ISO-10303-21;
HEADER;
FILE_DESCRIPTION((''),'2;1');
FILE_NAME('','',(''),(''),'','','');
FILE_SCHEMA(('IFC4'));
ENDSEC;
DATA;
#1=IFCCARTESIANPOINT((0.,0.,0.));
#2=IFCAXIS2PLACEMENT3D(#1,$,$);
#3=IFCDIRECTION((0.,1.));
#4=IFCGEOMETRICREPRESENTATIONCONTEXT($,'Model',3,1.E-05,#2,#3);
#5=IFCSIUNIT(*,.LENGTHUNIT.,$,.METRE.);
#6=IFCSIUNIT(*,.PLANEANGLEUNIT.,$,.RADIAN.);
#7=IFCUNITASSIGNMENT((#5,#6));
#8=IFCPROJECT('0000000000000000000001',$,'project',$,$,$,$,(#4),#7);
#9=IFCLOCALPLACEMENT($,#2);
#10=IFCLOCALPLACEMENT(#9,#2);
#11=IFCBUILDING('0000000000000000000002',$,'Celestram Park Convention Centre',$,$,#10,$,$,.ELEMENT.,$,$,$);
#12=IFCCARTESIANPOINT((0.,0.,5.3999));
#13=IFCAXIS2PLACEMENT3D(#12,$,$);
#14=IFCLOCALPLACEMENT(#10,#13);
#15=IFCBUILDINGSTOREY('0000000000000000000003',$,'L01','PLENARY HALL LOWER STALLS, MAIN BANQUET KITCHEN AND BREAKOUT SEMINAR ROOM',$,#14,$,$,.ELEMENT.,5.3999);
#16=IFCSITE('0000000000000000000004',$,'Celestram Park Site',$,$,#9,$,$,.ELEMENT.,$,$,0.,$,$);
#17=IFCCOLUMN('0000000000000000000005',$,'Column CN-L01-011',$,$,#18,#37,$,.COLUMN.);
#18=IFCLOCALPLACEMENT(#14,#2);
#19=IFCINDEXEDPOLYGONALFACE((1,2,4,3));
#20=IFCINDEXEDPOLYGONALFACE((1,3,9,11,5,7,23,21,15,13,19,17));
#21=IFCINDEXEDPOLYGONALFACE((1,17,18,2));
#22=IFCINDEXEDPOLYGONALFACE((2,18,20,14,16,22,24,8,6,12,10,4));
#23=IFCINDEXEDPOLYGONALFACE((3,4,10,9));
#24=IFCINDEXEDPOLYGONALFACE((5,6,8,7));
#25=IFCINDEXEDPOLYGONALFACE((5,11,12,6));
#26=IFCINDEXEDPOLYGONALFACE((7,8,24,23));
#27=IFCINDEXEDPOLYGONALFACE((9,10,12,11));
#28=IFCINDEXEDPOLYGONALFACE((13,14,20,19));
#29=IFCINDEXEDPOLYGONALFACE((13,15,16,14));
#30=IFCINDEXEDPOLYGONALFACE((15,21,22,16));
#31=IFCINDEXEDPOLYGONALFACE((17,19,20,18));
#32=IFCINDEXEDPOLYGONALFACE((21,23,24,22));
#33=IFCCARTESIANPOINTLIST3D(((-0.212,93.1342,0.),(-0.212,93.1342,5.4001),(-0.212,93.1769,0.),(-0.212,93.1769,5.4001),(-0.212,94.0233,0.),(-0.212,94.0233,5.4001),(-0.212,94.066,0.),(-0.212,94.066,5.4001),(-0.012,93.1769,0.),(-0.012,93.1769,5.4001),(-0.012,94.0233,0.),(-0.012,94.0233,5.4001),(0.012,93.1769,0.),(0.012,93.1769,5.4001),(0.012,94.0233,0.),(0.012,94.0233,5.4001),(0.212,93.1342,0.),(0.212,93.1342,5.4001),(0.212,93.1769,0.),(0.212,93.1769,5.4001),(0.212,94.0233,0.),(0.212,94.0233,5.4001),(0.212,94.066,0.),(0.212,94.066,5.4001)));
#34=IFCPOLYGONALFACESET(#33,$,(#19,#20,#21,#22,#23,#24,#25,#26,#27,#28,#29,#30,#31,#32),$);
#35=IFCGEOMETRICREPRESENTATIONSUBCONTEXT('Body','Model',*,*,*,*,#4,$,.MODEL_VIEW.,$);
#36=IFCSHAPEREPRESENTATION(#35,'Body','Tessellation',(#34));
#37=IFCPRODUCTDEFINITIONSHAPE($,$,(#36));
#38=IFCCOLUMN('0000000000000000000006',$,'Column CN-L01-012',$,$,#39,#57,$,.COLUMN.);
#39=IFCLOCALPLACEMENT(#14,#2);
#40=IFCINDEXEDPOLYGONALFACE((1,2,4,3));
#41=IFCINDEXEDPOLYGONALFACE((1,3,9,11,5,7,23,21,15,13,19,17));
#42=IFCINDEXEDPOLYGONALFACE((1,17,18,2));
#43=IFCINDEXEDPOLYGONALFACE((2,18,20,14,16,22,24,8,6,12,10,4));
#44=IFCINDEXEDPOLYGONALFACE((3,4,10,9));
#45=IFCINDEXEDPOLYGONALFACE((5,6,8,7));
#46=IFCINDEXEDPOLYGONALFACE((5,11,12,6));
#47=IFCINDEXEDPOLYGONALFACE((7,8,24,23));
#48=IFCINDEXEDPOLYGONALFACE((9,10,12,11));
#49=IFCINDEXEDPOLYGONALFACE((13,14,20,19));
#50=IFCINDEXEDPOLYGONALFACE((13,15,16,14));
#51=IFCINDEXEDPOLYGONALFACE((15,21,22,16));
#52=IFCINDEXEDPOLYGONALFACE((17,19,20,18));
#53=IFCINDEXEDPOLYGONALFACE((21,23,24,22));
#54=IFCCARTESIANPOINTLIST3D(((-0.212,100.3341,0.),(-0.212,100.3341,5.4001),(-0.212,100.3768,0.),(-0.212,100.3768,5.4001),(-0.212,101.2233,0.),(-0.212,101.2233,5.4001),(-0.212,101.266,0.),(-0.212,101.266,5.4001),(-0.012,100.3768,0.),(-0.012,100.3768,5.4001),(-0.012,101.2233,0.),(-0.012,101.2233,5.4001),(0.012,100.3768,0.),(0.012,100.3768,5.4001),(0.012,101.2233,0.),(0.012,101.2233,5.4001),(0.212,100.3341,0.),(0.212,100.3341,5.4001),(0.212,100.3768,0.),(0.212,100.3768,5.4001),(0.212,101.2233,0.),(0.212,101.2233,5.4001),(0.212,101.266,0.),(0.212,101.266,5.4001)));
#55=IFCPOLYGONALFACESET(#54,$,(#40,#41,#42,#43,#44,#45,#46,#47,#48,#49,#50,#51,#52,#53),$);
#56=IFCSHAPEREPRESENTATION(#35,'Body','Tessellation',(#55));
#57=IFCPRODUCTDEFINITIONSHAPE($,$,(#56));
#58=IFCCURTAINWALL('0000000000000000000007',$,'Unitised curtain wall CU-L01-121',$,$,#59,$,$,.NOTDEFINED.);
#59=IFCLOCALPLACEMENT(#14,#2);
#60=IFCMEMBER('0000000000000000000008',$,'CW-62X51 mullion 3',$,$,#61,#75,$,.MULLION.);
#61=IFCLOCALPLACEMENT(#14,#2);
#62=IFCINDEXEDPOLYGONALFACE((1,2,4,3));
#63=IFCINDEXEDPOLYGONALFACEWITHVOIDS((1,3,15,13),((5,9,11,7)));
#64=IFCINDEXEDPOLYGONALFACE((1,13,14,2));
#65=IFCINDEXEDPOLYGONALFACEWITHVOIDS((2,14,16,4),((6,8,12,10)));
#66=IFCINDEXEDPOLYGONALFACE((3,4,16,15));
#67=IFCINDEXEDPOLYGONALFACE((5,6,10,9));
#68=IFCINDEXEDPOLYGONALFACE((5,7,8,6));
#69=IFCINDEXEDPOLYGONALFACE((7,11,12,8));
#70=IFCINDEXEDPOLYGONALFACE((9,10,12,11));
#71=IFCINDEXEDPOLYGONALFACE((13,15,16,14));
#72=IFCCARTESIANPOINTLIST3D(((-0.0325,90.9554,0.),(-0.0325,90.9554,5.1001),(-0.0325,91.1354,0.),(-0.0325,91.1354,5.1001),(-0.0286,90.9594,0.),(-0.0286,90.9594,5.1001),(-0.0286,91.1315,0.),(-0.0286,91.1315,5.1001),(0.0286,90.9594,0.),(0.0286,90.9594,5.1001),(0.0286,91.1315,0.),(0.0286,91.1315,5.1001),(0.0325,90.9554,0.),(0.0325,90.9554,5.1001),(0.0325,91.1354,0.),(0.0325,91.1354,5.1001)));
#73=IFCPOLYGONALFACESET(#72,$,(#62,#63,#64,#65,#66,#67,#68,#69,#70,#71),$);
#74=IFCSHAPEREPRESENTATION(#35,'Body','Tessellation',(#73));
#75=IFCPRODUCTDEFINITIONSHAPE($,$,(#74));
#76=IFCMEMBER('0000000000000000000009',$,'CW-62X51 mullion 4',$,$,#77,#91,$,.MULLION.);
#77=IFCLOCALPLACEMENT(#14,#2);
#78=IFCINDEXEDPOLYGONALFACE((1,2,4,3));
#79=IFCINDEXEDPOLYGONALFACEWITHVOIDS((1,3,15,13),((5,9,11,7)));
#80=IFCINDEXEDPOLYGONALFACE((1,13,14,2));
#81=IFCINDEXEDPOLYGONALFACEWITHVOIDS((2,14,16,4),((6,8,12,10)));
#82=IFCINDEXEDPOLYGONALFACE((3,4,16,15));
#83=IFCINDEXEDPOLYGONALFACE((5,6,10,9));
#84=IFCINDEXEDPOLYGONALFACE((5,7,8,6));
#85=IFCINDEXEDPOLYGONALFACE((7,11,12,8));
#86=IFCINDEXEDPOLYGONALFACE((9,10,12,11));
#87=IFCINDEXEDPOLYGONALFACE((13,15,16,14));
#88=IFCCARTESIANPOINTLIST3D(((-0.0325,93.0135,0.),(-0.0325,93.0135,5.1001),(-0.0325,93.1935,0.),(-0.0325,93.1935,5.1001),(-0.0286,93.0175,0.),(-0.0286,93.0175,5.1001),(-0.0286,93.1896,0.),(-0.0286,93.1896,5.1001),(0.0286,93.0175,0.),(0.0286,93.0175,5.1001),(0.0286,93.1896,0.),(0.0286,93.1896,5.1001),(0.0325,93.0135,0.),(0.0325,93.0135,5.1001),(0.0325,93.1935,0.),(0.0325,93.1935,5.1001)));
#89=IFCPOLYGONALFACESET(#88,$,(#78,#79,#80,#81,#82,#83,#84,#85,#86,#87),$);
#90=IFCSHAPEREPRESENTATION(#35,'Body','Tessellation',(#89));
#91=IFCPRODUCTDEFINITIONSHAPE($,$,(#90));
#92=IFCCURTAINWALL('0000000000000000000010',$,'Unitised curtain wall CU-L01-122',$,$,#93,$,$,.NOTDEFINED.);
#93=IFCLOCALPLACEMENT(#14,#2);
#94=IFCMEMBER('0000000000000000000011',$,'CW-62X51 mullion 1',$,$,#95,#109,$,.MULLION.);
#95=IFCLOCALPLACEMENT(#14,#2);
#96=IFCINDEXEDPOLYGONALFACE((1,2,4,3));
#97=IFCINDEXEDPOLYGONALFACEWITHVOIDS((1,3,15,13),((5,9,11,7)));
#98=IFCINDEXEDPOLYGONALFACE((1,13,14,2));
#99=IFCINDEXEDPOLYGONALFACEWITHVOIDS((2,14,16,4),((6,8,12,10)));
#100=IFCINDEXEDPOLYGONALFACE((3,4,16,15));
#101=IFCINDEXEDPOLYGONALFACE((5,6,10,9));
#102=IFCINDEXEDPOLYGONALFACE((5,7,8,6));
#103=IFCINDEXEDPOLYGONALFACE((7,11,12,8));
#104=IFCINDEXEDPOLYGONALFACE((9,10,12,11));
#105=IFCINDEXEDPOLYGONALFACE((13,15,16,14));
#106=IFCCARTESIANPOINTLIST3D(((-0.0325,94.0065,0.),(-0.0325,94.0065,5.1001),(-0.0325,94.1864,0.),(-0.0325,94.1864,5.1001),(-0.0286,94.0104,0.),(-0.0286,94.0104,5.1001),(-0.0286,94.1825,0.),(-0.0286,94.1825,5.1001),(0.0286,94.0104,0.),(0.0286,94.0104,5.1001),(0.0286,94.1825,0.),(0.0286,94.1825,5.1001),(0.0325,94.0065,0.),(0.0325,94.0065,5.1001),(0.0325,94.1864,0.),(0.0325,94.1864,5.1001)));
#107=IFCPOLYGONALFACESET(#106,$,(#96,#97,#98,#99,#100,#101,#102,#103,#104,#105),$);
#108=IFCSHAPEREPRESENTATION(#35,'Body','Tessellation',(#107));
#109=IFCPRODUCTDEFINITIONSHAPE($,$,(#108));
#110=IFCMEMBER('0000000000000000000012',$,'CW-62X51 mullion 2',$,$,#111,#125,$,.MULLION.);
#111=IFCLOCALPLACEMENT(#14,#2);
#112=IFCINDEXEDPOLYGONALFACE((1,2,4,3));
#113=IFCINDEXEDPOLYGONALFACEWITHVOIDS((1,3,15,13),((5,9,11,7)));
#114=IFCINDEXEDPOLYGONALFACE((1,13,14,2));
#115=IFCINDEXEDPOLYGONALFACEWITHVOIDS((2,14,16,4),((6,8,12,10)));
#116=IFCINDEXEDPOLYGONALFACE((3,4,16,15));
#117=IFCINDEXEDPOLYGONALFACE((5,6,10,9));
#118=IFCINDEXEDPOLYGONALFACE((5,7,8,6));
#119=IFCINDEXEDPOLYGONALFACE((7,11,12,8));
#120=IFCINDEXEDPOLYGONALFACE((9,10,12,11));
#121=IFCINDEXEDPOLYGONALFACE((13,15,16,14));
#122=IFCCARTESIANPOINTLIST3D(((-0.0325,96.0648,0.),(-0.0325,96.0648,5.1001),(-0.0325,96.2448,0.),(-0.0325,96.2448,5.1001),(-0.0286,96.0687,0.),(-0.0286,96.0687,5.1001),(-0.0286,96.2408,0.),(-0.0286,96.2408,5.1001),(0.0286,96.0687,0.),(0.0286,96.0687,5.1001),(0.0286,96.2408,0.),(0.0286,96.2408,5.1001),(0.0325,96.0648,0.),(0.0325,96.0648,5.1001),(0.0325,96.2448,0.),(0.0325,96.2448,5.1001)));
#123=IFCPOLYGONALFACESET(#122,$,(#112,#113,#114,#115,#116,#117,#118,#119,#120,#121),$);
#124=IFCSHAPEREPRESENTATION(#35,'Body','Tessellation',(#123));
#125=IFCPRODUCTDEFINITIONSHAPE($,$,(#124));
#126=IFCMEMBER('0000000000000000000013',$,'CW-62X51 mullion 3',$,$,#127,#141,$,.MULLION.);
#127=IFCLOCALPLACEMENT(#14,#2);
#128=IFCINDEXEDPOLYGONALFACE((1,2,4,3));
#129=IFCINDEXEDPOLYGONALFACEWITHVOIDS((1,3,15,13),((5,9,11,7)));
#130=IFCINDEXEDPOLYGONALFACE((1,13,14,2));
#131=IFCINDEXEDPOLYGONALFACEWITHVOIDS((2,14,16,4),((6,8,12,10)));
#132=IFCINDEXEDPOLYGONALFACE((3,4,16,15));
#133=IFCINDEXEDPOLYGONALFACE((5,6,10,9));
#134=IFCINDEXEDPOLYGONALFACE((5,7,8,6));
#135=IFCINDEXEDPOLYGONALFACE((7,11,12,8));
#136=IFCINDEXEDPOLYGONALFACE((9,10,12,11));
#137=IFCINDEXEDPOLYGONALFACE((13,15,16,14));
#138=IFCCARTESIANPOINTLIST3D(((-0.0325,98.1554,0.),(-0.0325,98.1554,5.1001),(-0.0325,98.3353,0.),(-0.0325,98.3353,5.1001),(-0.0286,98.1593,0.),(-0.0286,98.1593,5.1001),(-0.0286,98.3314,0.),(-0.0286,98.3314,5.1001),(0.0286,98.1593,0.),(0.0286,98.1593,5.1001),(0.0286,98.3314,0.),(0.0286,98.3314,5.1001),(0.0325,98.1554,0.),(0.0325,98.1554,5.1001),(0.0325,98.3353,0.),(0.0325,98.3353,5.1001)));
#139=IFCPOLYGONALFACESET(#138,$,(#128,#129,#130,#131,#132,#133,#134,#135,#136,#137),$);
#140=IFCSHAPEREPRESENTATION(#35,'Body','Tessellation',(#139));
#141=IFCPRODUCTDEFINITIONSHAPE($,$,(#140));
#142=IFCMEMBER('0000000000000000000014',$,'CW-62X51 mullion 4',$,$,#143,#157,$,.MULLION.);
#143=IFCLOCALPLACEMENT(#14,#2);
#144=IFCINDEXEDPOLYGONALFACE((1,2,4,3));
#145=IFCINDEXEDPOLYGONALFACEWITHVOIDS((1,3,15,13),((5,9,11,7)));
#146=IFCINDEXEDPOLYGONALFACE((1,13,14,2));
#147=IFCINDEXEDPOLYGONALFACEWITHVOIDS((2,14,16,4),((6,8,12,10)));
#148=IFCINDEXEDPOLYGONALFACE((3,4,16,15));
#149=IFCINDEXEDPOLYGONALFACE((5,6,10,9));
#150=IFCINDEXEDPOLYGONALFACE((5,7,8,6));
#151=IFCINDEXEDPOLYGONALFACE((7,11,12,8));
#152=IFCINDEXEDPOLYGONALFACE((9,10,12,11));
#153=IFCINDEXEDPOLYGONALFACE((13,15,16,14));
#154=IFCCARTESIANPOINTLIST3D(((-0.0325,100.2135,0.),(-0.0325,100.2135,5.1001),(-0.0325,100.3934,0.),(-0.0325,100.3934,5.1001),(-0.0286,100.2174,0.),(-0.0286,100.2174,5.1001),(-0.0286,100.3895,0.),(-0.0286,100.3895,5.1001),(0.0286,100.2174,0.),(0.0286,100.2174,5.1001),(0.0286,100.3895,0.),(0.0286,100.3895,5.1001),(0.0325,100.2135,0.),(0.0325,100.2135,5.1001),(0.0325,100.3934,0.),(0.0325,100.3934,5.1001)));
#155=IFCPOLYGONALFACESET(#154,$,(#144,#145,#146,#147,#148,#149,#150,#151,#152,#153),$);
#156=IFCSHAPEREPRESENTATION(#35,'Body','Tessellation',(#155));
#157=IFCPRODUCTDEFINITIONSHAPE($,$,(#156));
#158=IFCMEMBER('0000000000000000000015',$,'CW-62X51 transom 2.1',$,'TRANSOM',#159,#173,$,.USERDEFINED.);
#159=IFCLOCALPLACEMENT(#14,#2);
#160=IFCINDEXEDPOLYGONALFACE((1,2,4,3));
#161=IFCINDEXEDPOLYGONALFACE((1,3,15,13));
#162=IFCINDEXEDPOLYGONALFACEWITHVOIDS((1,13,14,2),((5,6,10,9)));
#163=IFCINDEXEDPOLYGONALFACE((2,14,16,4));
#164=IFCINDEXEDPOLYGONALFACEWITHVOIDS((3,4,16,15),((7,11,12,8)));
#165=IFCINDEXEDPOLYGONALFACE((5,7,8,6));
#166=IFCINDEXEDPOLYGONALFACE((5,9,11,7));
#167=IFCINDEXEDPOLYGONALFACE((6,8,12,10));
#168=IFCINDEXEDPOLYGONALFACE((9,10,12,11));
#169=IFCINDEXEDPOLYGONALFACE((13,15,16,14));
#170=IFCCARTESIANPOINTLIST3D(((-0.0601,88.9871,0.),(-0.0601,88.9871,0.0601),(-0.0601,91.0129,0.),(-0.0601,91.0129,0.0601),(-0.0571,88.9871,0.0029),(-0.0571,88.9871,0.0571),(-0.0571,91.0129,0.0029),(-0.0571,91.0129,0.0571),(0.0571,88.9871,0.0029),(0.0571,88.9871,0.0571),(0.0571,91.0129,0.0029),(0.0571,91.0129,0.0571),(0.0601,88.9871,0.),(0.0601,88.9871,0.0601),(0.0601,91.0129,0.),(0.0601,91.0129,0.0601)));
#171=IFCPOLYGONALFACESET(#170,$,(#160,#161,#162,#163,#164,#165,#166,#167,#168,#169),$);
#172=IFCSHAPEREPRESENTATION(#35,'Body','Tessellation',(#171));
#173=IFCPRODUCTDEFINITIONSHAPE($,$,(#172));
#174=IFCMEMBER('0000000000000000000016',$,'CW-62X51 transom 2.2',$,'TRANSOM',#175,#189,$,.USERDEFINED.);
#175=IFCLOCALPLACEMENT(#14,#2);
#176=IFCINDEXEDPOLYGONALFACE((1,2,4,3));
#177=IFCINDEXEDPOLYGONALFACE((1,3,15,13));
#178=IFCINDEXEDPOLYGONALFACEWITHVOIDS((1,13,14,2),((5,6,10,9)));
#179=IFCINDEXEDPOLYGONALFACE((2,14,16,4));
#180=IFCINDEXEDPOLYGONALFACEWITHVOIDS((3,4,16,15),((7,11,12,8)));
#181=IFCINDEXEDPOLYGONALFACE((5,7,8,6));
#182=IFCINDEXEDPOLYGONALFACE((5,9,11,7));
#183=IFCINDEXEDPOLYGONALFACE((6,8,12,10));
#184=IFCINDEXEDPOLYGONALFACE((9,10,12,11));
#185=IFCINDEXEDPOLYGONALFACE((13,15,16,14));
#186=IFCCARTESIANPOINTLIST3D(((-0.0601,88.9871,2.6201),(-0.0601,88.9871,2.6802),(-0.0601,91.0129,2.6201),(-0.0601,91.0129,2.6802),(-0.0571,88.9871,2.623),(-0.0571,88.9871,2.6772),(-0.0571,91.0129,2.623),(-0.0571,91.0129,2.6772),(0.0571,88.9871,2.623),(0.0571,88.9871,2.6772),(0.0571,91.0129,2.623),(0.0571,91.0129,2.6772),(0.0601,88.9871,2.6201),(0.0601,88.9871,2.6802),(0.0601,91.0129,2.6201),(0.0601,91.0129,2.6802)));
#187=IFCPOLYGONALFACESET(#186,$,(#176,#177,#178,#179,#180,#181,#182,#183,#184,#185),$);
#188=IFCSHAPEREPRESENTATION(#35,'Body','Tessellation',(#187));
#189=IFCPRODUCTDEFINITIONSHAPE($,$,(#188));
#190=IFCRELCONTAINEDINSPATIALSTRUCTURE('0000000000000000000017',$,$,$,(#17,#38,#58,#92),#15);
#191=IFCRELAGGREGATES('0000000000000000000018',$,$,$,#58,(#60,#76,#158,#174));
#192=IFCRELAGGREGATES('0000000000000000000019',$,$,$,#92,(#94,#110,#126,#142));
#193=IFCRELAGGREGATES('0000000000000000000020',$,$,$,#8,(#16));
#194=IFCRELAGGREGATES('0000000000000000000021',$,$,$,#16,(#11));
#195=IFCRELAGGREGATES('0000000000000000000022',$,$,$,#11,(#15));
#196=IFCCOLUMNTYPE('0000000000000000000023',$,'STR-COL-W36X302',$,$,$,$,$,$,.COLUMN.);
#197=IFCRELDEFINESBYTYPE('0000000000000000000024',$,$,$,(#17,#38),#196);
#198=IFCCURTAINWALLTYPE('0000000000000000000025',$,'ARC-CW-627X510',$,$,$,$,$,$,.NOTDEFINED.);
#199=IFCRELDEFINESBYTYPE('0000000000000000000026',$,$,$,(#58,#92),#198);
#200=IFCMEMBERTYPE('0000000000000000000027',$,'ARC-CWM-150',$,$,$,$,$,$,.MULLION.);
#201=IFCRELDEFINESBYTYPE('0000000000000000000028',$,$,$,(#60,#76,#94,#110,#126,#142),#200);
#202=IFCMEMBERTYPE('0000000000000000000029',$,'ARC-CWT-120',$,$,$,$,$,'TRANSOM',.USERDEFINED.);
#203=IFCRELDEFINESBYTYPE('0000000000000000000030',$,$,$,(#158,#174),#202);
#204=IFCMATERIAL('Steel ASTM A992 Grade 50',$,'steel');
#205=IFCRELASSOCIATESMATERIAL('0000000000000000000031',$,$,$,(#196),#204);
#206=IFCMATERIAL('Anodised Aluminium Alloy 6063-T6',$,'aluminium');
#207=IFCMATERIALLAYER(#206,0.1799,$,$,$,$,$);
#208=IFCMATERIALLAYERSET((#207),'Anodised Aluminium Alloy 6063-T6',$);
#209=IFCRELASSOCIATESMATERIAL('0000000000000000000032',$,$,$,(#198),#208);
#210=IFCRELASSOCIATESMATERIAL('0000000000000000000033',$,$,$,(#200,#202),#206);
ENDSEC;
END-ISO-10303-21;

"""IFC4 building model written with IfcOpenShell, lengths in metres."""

from ifc_helpers import new_model, si_unit, direction, frame, origin, origin_2d, place, context, subcontext, project, spatial, hollow_rectangle, i_section, extrude, material, layer, layer_set, material_profile, profile_set, type_object, element, aggregate, save


model = new_model("IFC4")

# Units and contexts
model_context = context("Model", 3, precision=1e-05, world=origin(), true_north=direction((0.0, 1.0)))
body_context = subcontext(model_context, "Body", "Model", "MODEL_VIEW")
ifc_project = project(units=[si_unit("LENGTHUNIT", "METRE"), si_unit("PLANEANGLEUNIT", "RADIAN")], contexts=[model_context])

# Site, building, storey
site_placement = place(None, origin())
site = spatial("IfcSite", under=ifc_project, at=site_placement, Name="Celestram Park Site", CompositionType="ELEMENT", RefElevation=0.0)
building_placement = place(site_placement, origin())
building = spatial("IfcBuilding", under=site, at=building_placement, Name="Celestram Park Convention Centre", CompositionType="ELEMENT")
storey_placement = place(building_placement, frame((0.0, 0.0, 5.3999)))
storey = spatial("IfcBuildingStorey", under=building, at=storey_placement, Name="L01", Description="PLENARY HALL LOWER STALLS, MAIN BANQUET KITCHEN AND BREAKOUT SEMINAR ROOM", CompositionType="ELEMENT", Elevation=5.3999)

# Columns
ifc_material_1 = material(Name="Steel ASTM A992 Grade 50", Category="steel")
ifc_material_profile_1 = material_profile(ifc_material_1, i_section(OverallWidth=0.4241, OverallDepth=0.9319, WebThickness=0.0239, FlangeThickness=0.0427, at=origin_2d()), Name="W36X302")
ifc_profile_set_1 = profile_set([ifc_material_profile_1], Name="Steel ASTM A992 Grade 50")
column_type = type_object("IfcColumnType", Name="STR-COL-W36X302", PredefinedType="COLUMN", material=ifc_profile_set_1)
for number, where, z_axis, x_axis, name in (
    (1, (0.0, 93.6001, 0.0), (0.0, 0.0, 1.0), (1.0, 0.0, 0.0), "Column CN-L01-011"),
    (2, (0.0, 100.8, 0.0), (0.0, 0.0, 1.0), (1.0, 0.0, 0.0), "Column CN-L01-012"),
):
    element("IfcColumn", number, at=place(storey_placement, frame(where, z_axis=z_axis, x_axis=x_axis)), inside=storey, type_object=column_type, Name=name, PredefinedType="COLUMN", context=body_context, shape_type="SweptSolid", body=[
        extrude(i_section(OverallWidth=0.4241, OverallDepth=0.9319, WebThickness=0.0239, FlangeThickness=0.0427, at=origin_2d()), origin(), (0.0, 0.0, 1.0), 5.4001),
    ])

# Curtain walls, members
ifc_material_2 = material(Name="Anodised Aluminium Alloy 6063-T6", Category="aluminium")
ifc_layer_1 = layer(ifc_material_2, 0.1799)
ifc_layer_set_1 = layer_set([ifc_layer_1], Name="Anodised Aluminium Alloy 6063-T6")
curtain_wall_type = type_object("IfcCurtainWallType", Name="ARC-CW-627X510", PredefinedType="NOTDEFINED", material=ifc_layer_set_1)
curtain_wall_1_placement = place(storey_placement, origin())
curtain_wall_1 = element("IfcCurtainWall", 3, at=curtain_wall_1_placement, inside=storey, type_object=curtain_wall_type, Name="Unitised curtain wall CU-L01-121", PredefinedType="NOTDEFINED")
ifc_material_profile_2 = material_profile(ifc_material_2, hollow_rectangle(XDim=0.0649, YDim=0.1799, WallThickness=0.0039, at=origin_2d()), Name="ALU65X180X4")
ifc_profile_set_2 = profile_set([ifc_material_profile_2], Name="Anodised Aluminium Alloy 6063-T6")
member_type_1 = type_object("IfcMemberType", Name="ARC-CWM-150", PredefinedType="MULLION", material=ifc_profile_set_2)
member_1_placement = place(storey_placement, frame((0.0, 91.0454, 0.0), z_axis=(0.0, 0.0, 1.0), x_axis=(-1.0, 0.0, 0.0)))
member_1 = element("IfcMember", 4, at=member_1_placement, type_object=member_type_1, Name="CW-62X51 mullion 3", PredefinedType="MULLION", context=body_context, shape_type="SweptSolid", body=[
    extrude(hollow_rectangle(XDim=0.0649, YDim=0.1799, WallThickness=0.0039, at=origin_2d()), origin(), (0.0, 0.0, 1.0), 5.1001),
])
member_2_placement = place(storey_placement, frame((0.0, 93.1035, 0.0), z_axis=(0.0, 0.0, 1.0), x_axis=(-1.0, 0.0, 0.0)))
member_2 = element("IfcMember", 5, at=member_2_placement, type_object=member_type_1, Name="CW-62X51 mullion 4", PredefinedType="MULLION", context=body_context, shape_type="SweptSolid", body=[
    extrude(hollow_rectangle(XDim=0.0649, YDim=0.1799, WallThickness=0.0039, at=origin_2d()), origin(), (0.0, 0.0, 1.0), 5.1001),
])
curtain_wall_2_placement = place(storey_placement, origin())
curtain_wall_2 = element("IfcCurtainWall", 6, at=curtain_wall_2_placement, inside=storey, type_object=curtain_wall_type, Name="Unitised curtain wall CU-L01-122", PredefinedType="NOTDEFINED")
member_3_placement = place(storey_placement, frame((0.0, 94.0964, 0.0), z_axis=(0.0, 0.0, 1.0), x_axis=(-1.0, 0.0, 0.0)))
member_3 = element("IfcMember", 7, at=member_3_placement, type_object=member_type_1, Name="CW-62X51 mullion 1", PredefinedType="MULLION", context=body_context, shape_type="SweptSolid", body=[
    extrude(hollow_rectangle(XDim=0.0649, YDim=0.1799, WallThickness=0.0039, at=origin_2d()), origin(), (0.0, 0.0, 1.0), 5.1001),
])
member_4_placement = place(storey_placement, frame((0.0, 96.1548, 0.0), z_axis=(0.0, 0.0, 1.0), x_axis=(-1.0, 0.0, 0.0)))
member_4 = element("IfcMember", 8, at=member_4_placement, type_object=member_type_1, Name="CW-62X51 mullion 2", PredefinedType="MULLION", context=body_context, shape_type="SweptSolid", body=[
    extrude(hollow_rectangle(XDim=0.0649, YDim=0.1799, WallThickness=0.0039, at=origin_2d()), origin(), (0.0, 0.0, 1.0), 5.1001),
])
member_5_placement = place(storey_placement, frame((0.0, 98.2454, 0.0), z_axis=(0.0, 0.0, 1.0), x_axis=(-1.0, 0.0, 0.0)))
member_5 = element("IfcMember", 9, at=member_5_placement, type_object=member_type_1, Name="CW-62X51 mullion 3", PredefinedType="MULLION", context=body_context, shape_type="SweptSolid", body=[
    extrude(hollow_rectangle(XDim=0.0649, YDim=0.1799, WallThickness=0.0039, at=origin_2d()), origin(), (0.0, 0.0, 1.0), 5.1001),
])
member_6_placement = place(storey_placement, frame((0.0, 100.3035, 0.0), z_axis=(0.0, 0.0, 1.0), x_axis=(-1.0, 0.0, 0.0)))
member_6 = element("IfcMember", 10, at=member_6_placement, type_object=member_type_1, Name="CW-62X51 mullion 4", PredefinedType="MULLION", context=body_context, shape_type="SweptSolid", body=[
    extrude(hollow_rectangle(XDim=0.0649, YDim=0.1799, WallThickness=0.0039, at=origin_2d()), origin(), (0.0, 0.0, 1.0), 5.1001),
])

# Members
ifc_material_profile_3 = material_profile(ifc_material_2, hollow_rectangle(XDim=0.1201, YDim=0.0601, WallThickness=0.0029, at=origin_2d()), Name="ALU120X60X3")
ifc_profile_set_3 = profile_set([ifc_material_profile_3], Name="Anodised Aluminium Alloy 6063-T6")
member_type_2 = type_object("IfcMemberType", Name="ARC-CWT-120", ElementType="TRANSOM", PredefinedType="USERDEFINED", material=ifc_profile_set_3)
member_7_placement = place(storey_placement, frame((0.0, 88.9871, 0.03), z_axis=(0.0, 1.0, 0.0), x_axis=(-1.0, 0.0, 0.0)))
member_7 = element("IfcMember", 11, at=member_7_placement, type_object=member_type_2, Name="CW-62X51 transom 2.1", ObjectType="TRANSOM", PredefinedType="USERDEFINED", context=body_context, shape_type="SweptSolid", body=[
    extrude(hollow_rectangle(XDim=0.1201, YDim=0.0601, WallThickness=0.0029, at=origin_2d()), origin(), (0.0, 0.0, 1.0), 2.0259),
])
member_8_placement = place(storey_placement, frame((0.0, 88.9871, 2.6501), z_axis=(0.0, 1.0, 0.0), x_axis=(-1.0, 0.0, 0.0)))
member_8 = element("IfcMember", 12, at=member_8_placement, type_object=member_type_2, Name="CW-62X51 transom 2.2", ObjectType="TRANSOM", PredefinedType="USERDEFINED", context=body_context, shape_type="SweptSolid", body=[
    extrude(hollow_rectangle(XDim=0.1201, YDim=0.0601, WallThickness=0.0029, at=origin_2d()), origin(), (0.0, 0.0, 1.0), 2.0259),
])

aggregate(curtain_wall_1, [member_1, member_2, member_7, member_8])
aggregate(curtain_wall_2, [member_3, member_4, member_5, member_6])

save(model, "model.ifc")
